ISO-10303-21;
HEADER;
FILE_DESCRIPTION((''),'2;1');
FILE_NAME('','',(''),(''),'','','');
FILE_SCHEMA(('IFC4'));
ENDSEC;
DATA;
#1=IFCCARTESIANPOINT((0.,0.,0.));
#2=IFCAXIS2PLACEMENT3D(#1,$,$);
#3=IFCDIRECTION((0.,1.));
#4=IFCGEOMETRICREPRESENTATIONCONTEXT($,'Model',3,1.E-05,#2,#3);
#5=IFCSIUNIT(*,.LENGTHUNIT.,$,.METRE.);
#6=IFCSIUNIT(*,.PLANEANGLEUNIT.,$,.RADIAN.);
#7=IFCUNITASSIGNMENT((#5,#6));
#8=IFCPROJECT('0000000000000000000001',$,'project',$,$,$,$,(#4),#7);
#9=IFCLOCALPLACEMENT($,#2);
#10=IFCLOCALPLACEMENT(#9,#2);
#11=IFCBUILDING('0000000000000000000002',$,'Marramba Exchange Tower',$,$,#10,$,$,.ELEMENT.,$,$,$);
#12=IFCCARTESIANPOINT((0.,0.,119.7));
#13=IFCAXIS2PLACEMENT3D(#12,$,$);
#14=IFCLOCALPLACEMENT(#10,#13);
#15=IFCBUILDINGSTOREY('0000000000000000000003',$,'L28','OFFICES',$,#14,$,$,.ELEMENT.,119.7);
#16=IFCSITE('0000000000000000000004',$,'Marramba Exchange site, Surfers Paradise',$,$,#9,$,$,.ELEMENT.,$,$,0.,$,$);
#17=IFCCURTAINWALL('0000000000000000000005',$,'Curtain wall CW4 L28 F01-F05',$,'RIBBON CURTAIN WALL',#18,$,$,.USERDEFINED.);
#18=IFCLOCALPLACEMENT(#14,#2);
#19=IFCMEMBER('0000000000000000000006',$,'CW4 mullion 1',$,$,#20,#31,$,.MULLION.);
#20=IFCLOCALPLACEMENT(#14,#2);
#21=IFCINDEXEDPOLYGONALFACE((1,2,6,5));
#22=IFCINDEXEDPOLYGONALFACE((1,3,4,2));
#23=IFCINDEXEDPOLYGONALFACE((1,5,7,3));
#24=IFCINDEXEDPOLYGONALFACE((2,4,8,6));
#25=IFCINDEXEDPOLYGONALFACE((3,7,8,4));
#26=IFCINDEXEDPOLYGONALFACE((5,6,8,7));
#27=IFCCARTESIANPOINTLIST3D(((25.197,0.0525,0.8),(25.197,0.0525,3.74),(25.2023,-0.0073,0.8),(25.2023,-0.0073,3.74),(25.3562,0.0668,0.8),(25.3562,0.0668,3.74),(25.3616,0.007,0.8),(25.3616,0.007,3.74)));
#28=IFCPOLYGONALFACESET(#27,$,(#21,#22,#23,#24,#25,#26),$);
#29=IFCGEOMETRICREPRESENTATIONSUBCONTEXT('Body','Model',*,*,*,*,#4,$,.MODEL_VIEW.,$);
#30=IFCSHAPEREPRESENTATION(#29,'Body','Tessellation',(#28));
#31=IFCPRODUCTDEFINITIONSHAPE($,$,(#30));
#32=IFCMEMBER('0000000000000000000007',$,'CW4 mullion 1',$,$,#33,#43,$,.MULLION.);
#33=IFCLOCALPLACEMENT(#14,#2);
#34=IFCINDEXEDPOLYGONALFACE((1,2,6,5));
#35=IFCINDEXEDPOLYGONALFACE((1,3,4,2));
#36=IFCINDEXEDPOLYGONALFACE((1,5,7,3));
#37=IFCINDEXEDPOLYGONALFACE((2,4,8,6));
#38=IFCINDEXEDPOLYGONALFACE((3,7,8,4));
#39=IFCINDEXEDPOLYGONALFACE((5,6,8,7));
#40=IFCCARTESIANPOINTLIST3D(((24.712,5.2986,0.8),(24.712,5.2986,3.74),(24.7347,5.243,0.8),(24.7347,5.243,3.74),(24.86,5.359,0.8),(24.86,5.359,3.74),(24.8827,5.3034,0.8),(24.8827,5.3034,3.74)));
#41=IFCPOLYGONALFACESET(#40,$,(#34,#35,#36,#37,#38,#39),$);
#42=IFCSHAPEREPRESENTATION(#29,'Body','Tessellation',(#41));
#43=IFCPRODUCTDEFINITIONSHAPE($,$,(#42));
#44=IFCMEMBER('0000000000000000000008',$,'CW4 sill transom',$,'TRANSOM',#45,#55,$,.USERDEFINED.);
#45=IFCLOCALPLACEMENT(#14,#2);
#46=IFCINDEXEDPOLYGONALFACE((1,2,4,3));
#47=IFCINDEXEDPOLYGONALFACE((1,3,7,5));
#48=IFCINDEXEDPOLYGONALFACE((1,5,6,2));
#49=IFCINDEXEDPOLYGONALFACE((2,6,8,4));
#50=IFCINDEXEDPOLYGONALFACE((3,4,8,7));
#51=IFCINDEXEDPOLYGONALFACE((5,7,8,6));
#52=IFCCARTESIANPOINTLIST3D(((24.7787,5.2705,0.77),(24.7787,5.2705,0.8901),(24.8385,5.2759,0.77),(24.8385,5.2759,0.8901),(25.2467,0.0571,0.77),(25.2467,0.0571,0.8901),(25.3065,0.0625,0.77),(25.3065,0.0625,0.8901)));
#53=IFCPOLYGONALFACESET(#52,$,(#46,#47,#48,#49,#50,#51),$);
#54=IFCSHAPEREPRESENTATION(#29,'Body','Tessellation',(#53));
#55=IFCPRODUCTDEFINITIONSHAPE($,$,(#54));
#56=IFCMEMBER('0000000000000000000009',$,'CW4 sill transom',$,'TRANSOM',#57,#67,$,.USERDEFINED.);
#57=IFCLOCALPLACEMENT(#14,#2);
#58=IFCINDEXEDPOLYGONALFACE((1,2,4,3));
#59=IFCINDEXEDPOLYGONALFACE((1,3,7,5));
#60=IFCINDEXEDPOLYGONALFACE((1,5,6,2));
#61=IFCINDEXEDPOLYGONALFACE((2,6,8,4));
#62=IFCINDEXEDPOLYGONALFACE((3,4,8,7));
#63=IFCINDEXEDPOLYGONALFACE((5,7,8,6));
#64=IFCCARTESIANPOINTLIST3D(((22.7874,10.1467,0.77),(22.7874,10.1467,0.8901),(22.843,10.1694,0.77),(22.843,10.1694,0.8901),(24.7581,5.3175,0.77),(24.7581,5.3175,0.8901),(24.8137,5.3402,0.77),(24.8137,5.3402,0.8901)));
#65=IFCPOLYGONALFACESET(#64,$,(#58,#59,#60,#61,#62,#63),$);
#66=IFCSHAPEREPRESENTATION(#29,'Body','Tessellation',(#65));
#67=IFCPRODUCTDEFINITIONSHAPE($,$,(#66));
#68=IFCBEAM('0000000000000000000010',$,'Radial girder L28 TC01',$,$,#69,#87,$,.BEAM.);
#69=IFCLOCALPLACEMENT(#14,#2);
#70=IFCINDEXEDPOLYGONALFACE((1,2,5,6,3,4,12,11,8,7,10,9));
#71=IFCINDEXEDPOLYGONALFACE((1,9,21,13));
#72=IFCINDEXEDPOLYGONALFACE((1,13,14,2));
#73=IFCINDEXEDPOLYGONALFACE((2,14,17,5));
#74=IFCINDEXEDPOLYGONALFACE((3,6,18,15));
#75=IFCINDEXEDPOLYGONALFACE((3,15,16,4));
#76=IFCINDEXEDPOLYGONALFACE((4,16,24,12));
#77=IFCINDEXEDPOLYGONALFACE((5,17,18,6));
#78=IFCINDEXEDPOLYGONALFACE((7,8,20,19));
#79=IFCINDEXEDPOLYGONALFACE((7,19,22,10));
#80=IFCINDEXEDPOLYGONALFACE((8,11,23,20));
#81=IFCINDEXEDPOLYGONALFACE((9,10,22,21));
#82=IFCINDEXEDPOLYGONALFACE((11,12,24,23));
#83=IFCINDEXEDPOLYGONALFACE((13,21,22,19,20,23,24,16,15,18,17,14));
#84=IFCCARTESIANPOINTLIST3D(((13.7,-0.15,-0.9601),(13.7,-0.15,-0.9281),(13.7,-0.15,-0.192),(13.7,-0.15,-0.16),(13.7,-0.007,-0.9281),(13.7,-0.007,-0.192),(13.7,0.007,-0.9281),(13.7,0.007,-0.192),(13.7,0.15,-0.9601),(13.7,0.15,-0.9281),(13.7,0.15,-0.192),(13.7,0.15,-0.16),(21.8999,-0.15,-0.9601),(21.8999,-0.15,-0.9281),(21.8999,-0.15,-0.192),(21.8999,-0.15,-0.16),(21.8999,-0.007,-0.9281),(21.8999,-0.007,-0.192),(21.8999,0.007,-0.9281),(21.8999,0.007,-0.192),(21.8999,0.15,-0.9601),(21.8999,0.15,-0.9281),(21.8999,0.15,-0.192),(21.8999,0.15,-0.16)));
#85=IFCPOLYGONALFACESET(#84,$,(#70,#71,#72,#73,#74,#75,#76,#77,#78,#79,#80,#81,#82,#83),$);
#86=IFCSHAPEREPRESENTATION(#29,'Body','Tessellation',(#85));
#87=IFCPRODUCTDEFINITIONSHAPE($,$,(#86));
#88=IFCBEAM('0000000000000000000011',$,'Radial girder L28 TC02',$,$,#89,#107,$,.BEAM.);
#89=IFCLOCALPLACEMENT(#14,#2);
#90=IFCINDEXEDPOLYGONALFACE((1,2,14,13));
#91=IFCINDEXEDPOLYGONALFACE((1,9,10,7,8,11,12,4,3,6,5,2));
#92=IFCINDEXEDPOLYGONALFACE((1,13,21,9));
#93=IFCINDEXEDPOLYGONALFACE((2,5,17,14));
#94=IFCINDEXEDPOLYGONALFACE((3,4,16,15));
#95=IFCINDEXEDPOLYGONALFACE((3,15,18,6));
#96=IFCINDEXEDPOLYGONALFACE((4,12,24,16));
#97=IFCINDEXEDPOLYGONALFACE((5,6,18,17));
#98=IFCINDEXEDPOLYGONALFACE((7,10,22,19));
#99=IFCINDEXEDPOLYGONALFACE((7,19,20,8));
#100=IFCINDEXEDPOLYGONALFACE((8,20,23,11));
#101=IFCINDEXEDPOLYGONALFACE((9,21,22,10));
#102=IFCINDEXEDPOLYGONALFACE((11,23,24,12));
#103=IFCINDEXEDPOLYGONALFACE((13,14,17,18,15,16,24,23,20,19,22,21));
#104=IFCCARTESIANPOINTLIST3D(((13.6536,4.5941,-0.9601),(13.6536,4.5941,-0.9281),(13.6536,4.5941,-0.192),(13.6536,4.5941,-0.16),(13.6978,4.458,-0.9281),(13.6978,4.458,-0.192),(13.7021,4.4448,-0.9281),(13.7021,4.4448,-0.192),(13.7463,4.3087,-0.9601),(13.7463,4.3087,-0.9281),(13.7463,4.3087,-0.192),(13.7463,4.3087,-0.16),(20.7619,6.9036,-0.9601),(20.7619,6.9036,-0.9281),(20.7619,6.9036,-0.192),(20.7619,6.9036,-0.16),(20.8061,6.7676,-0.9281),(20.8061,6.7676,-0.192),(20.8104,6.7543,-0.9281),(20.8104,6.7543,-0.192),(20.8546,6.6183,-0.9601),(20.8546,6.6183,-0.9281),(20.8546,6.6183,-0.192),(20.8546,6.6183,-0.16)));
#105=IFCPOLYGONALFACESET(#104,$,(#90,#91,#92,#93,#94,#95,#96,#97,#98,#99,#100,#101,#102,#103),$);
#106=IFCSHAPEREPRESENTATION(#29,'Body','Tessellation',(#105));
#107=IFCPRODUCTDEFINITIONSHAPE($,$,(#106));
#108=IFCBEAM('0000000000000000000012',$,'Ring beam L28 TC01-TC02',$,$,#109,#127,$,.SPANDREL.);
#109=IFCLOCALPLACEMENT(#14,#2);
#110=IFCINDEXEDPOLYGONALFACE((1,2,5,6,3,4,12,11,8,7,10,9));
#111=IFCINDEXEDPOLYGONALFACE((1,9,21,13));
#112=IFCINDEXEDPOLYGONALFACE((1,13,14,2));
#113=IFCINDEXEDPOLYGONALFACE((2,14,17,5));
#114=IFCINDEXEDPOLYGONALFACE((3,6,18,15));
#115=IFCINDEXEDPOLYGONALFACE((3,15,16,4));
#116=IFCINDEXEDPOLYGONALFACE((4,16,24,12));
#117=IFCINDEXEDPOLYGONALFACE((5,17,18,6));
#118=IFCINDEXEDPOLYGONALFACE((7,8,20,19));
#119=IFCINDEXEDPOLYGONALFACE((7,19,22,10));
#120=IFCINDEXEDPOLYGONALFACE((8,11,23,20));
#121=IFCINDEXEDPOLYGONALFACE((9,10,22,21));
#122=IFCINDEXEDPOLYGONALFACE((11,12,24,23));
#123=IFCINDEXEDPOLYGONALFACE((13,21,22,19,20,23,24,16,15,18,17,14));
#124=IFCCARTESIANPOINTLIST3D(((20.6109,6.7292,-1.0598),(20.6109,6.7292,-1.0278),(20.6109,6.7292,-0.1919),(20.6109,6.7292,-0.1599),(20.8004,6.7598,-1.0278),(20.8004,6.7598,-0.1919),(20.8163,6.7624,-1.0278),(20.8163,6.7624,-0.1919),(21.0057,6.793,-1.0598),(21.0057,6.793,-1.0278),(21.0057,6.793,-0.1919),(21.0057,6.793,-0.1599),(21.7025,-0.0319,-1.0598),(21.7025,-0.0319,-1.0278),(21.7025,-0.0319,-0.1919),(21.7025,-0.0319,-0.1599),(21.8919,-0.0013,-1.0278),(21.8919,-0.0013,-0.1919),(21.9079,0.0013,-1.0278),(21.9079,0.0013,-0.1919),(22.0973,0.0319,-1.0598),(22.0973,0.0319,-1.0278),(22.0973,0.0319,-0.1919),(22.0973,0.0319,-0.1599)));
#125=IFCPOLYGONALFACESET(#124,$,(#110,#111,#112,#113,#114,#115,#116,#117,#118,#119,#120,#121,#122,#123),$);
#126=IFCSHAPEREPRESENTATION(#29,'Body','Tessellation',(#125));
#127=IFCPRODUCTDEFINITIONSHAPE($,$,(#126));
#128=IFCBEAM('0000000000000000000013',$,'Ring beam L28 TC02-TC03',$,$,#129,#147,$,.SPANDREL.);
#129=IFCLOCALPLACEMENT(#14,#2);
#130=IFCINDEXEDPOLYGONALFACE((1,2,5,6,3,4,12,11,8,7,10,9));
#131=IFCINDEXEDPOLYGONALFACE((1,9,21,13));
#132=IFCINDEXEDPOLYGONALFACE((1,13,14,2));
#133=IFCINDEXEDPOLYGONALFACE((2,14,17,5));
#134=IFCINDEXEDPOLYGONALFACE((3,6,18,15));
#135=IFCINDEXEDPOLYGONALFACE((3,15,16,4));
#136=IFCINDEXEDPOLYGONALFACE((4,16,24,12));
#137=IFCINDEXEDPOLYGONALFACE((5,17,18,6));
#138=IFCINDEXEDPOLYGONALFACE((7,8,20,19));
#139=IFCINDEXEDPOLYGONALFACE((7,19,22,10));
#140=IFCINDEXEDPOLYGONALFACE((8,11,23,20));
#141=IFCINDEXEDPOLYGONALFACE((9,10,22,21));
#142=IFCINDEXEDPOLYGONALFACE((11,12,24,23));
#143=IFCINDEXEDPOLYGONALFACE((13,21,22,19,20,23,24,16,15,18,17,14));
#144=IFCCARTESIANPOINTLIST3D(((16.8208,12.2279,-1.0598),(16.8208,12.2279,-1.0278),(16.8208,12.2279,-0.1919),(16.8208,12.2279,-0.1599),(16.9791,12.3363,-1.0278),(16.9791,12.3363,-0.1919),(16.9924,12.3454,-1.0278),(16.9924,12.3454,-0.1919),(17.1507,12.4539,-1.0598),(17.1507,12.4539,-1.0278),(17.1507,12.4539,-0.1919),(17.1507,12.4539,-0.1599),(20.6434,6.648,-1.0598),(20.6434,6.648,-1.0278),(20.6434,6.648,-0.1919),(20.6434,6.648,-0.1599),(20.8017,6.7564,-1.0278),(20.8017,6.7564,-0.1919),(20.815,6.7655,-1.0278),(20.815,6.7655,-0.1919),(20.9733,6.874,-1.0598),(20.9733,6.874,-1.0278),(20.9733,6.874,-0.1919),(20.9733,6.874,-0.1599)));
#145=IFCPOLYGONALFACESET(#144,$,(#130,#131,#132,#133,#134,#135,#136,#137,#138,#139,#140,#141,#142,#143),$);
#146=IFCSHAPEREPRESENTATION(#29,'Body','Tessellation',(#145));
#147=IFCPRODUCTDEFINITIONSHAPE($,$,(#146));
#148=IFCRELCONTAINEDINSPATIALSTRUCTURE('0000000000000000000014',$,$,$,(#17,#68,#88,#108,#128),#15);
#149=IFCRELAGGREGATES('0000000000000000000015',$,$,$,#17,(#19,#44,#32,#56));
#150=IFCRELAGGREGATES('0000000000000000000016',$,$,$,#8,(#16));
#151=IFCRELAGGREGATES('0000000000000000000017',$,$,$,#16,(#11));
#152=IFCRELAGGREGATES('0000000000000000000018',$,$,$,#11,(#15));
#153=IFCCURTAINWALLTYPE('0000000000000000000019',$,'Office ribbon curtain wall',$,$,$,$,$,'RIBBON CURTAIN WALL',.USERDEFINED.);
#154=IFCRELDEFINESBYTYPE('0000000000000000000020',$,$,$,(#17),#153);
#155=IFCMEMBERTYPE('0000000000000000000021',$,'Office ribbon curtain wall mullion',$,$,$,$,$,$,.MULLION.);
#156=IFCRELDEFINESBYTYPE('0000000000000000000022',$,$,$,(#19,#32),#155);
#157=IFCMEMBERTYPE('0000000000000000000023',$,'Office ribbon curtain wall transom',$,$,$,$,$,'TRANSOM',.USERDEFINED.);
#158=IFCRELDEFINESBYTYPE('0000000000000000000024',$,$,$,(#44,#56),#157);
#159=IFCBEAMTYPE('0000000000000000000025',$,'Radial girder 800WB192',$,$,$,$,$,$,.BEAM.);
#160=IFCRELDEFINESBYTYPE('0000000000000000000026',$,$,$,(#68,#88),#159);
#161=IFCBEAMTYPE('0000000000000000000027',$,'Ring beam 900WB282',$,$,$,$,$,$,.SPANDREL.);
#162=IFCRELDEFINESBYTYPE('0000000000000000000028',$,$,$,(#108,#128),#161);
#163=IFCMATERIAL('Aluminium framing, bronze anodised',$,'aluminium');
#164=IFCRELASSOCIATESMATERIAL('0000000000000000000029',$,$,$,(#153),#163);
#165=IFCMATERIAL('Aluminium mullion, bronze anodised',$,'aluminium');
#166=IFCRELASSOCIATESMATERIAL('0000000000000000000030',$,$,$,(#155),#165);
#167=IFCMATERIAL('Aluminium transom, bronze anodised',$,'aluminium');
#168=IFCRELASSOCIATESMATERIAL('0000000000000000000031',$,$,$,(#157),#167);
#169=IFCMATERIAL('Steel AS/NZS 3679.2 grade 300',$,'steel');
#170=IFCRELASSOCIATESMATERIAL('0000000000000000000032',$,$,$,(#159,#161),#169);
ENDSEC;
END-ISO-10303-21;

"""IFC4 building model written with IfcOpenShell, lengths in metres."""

from ifc_helpers import new_model, si_unit, direction, frame, origin, origin_2d, place, context, subcontext, project, spatial, rectangle, i_section, extrude, material, material_profile, profile_set, type_object, element, aggregate, save


model = new_model("IFC4")

# Units and contexts
model_context = context("Model", 3, precision=1e-05, world=origin(), true_north=direction((0.0, 1.0)))
body_context = subcontext(model_context, "Body", "Model", "MODEL_VIEW")
ifc_project = project(units=[si_unit("LENGTHUNIT", "METRE"), si_unit("PLANEANGLEUNIT", "RADIAN")], contexts=[model_context])

# Site, building, storey
site_placement = place(None, origin())
site = spatial("IfcSite", under=ifc_project, at=site_placement, Name="Marramba Exchange site, Surfers Paradise", CompositionType="ELEMENT", RefElevation=0.0)
building_placement = place(site_placement, origin())
building = spatial("IfcBuilding", under=site, at=building_placement, Name="Marramba Exchange Tower", CompositionType="ELEMENT")
storey_placement = place(building_placement, frame((0.0, 0.0, 119.7)))
storey = spatial("IfcBuildingStorey", under=building, at=storey_placement, Name="L28", Description="OFFICES", CompositionType="ELEMENT", Elevation=119.7)

# Shared definitions
ifc_material_1 = material(Name="Steel AS/NZS 3679.2 grade 300", Category="steel")

# Curtain wall, members
ifc_material_2 = material(Name="Aluminium framing, bronze anodised", Category="aluminium")
curtain_wall_type = type_object("IfcCurtainWallType", Name="Office ribbon curtain wall", ElementType="RIBBON CURTAIN WALL", PredefinedType="USERDEFINED", material=ifc_material_2)
curtain_wall_placement = place(storey_placement, origin())
curtain_wall = element("IfcCurtainWall", 1, at=curtain_wall_placement, inside=storey, type_object=curtain_wall_type, Name="Curtain wall CW4 L28 F01-F05", ObjectType="RIBBON CURTAIN WALL", PredefinedType="USERDEFINED")
ifc_material_3 = material(Name="Aluminium mullion, bronze anodised", Category="aluminium")
ifc_material_profile_1 = material_profile(ifc_material_3, rectangle(XDim=0.1599, YDim=0.0601, at=origin_2d()), Name="CW4 mullion 60x160")
ifc_profile_set_1 = profile_set([ifc_material_profile_1], Name="Aluminium mullion, bronze anodised")
member_type_1 = type_object("IfcMemberType", Name="Office ribbon curtain wall mullion", PredefinedType="MULLION", material=ifc_profile_set_1)
member_1_placement = place(storey_placement, frame((25.2793, 0.0298, 0.8), z_axis=(0.0, 0.0, 1.0), x_axis=(-0.995995, -0.089413, 0.0)))
member_1 = element("IfcMember", 2, at=member_1_placement, type_object=member_type_1, Name="CW4 mullion 1", PredefinedType="MULLION", context=body_context, shape_type="SweptSolid", body=[
    extrude(rectangle(XDim=0.1599, YDim=0.0601, at=origin_2d()), origin(), (0.0, 0.0, 1.0), 2.9399),
])
member_2_placement = place(storey_placement, frame((24.7974, 5.301, 0.8), z_axis=(0.0, 0.0, 1.0), x_axis=(-0.925879, -0.377821, 0.0)))
member_2 = element("IfcMember", 3, at=member_2_placement, type_object=member_type_1, Name="CW4 mullion 1", PredefinedType="MULLION", context=body_context, shape_type="SweptSolid", body=[
    extrude(rectangle(XDim=0.1599, YDim=0.0601, at=origin_2d()), origin(), (0.0, 0.0, 1.0), 2.9399),
])
ifc_material_4 = material(Name="Aluminium transom, bronze anodised", Category="aluminium")
ifc_material_profile_2 = material_profile(ifc_material_4, rectangle(XDim=0.0601, YDim=0.1201, at=origin_2d()), Name="CW4 transom 60x120")
ifc_profile_set_2 = profile_set([ifc_material_profile_2], Name="Aluminium transom, bronze anodised")
member_type_2 = type_object("IfcMemberType", Name="Office ribbon curtain wall transom", ElementType="TRANSOM", PredefinedType="USERDEFINED", material=ifc_profile_set_2)
member_3_placement = place(storey_placement, frame((25.2766, 0.0598, 0.8301), z_axis=(-0.089413, 0.995995, 0.0), x_axis=(-0.995995, -0.089413, 0.0)))
member_3 = element("IfcMember", 4, at=member_3_placement, type_object=member_type_2, Name="CW4 sill transom", ObjectType="TRANSOM", PredefinedType="USERDEFINED", context=body_context, shape_type="SweptSolid", body=[
    extrude(rectangle(XDim=0.0601, YDim=0.1201, at=origin_2d()), origin(), (0.0, 0.0, 1.0), 5.2344),
])
member_4_placement = place(storey_placement, frame((24.7859, 5.3289, 0.8301), z_axis=(-0.377838, 0.925872, 0.0), x_axis=(-0.925872, -0.377838, 0.0)))
member_4 = element("IfcMember", 5, at=member_4_placement, type_object=member_type_2, Name="CW4 sill transom", ObjectType="TRANSOM", PredefinedType="USERDEFINED", context=body_context, shape_type="SweptSolid", body=[
    extrude(rectangle(XDim=0.0601, YDim=0.1201, at=origin_2d()), origin(), (0.0, 0.0, 1.0), 5.2158),
])

# Beams
ifc_material_profile_3 = material_profile(ifc_material_1, i_section(OverallWidth=0.3, OverallDepth=0.8, WebThickness=0.0139, FlangeThickness=0.032, at=origin_2d()), Name="800WB192")
ifc_profile_set_3 = profile_set([ifc_material_profile_3], Name="Steel AS/NZS 3679.2 grade 300")
beam_type_1 = type_object("IfcBeamType", Name="Radial girder 800WB192", PredefinedType="BEAM", material=ifc_profile_set_3)
beam_1_placement = place(storey_placement, frame((13.7, 0.0, -0.5601), z_axis=(1.0, 0.0, 0.0), x_axis=(0.0, 1.0, 0.0)))
element("IfcBeam", 6, at=beam_1_placement, inside=storey, type_object=beam_type_1, Name="Radial girder L28 TC01", PredefinedType="BEAM", context=body_context, shape_type="SweptSolid", body=[
    extrude(i_section(OverallWidth=0.3, OverallDepth=0.8, WebThickness=0.0139, FlangeThickness=0.032, at=origin_2d()), origin(), (0.0, 0.0, 1.0), 8.2),
])
beam_2_placement = place(storey_placement, frame((13.7, 4.4514, -0.5601), z_axis=(0.95106, 0.309006, 0.0), x_axis=(-0.309006, 0.95106, 0.0)))
element("IfcBeam", 7, at=beam_2_placement, inside=storey, type_object=beam_type_1, Name="Radial girder L28 TC02", PredefinedType="BEAM", context=body_context, shape_type="SweptSolid", body=[
    extrude(i_section(OverallWidth=0.3, OverallDepth=0.8, WebThickness=0.0139, FlangeThickness=0.032, at=origin_2d()), origin(), (0.0, 0.0, 1.0), 7.4741),
])
ifc_material_profile_4 = material_profile(ifc_material_1, i_section(OverallWidth=0.3999, OverallDepth=0.8999, WebThickness=0.0161, FlangeThickness=0.032, at=origin_2d()), Name="900WB282")
ifc_profile_set_4 = profile_set([ifc_material_profile_4], Name="Steel AS/NZS 3679.2 grade 300")
beam_type_2 = type_object("IfcBeamType", Name="Ring beam 900WB282", PredefinedType="SPANDREL", material=ifc_profile_set_4)
beam_3_placement = place(storey_placement, frame((21.8999, 0.0, -0.6099), z_axis=(-0.159385, 0.987217, 0.0), x_axis=(-0.987217, -0.159385, 0.0)))
element("IfcBeam", 8, at=beam_3_placement, inside=storey, type_object=beam_type_2, Name="Ring beam L28 TC01-TC02", PredefinedType="SPANDREL", context=body_context, shape_type="SweptSolid", body=[
    extrude(i_section(OverallWidth=0.3999, OverallDepth=0.8999, WebThickness=0.0161, FlangeThickness=0.032, at=origin_2d()), origin(), (0.0, 0.0, 1.0), 6.8486),
])
beam_4_placement = place(storey_placement, frame((20.8083, 6.761, -0.6099), z_axis=(-0.56516, 0.824981, 0.0), x_axis=(-0.824981, -0.56516, 0.0)))
element("IfcBeam", 9, at=beam_4_placement, inside=storey, type_object=beam_type_2, Name="Ring beam L28 TC02-TC03", PredefinedType="SPANDREL", context=body_context, shape_type="SweptSolid", body=[
    extrude(i_section(OverallWidth=0.3999, OverallDepth=0.8999, WebThickness=0.0161, FlangeThickness=0.032, at=origin_2d()), origin(), (0.0, 0.0, 1.0), 6.7637),
])

aggregate(curtain_wall, [member_1, member_3, member_2, member_4])

save(model, "model.ifc")
